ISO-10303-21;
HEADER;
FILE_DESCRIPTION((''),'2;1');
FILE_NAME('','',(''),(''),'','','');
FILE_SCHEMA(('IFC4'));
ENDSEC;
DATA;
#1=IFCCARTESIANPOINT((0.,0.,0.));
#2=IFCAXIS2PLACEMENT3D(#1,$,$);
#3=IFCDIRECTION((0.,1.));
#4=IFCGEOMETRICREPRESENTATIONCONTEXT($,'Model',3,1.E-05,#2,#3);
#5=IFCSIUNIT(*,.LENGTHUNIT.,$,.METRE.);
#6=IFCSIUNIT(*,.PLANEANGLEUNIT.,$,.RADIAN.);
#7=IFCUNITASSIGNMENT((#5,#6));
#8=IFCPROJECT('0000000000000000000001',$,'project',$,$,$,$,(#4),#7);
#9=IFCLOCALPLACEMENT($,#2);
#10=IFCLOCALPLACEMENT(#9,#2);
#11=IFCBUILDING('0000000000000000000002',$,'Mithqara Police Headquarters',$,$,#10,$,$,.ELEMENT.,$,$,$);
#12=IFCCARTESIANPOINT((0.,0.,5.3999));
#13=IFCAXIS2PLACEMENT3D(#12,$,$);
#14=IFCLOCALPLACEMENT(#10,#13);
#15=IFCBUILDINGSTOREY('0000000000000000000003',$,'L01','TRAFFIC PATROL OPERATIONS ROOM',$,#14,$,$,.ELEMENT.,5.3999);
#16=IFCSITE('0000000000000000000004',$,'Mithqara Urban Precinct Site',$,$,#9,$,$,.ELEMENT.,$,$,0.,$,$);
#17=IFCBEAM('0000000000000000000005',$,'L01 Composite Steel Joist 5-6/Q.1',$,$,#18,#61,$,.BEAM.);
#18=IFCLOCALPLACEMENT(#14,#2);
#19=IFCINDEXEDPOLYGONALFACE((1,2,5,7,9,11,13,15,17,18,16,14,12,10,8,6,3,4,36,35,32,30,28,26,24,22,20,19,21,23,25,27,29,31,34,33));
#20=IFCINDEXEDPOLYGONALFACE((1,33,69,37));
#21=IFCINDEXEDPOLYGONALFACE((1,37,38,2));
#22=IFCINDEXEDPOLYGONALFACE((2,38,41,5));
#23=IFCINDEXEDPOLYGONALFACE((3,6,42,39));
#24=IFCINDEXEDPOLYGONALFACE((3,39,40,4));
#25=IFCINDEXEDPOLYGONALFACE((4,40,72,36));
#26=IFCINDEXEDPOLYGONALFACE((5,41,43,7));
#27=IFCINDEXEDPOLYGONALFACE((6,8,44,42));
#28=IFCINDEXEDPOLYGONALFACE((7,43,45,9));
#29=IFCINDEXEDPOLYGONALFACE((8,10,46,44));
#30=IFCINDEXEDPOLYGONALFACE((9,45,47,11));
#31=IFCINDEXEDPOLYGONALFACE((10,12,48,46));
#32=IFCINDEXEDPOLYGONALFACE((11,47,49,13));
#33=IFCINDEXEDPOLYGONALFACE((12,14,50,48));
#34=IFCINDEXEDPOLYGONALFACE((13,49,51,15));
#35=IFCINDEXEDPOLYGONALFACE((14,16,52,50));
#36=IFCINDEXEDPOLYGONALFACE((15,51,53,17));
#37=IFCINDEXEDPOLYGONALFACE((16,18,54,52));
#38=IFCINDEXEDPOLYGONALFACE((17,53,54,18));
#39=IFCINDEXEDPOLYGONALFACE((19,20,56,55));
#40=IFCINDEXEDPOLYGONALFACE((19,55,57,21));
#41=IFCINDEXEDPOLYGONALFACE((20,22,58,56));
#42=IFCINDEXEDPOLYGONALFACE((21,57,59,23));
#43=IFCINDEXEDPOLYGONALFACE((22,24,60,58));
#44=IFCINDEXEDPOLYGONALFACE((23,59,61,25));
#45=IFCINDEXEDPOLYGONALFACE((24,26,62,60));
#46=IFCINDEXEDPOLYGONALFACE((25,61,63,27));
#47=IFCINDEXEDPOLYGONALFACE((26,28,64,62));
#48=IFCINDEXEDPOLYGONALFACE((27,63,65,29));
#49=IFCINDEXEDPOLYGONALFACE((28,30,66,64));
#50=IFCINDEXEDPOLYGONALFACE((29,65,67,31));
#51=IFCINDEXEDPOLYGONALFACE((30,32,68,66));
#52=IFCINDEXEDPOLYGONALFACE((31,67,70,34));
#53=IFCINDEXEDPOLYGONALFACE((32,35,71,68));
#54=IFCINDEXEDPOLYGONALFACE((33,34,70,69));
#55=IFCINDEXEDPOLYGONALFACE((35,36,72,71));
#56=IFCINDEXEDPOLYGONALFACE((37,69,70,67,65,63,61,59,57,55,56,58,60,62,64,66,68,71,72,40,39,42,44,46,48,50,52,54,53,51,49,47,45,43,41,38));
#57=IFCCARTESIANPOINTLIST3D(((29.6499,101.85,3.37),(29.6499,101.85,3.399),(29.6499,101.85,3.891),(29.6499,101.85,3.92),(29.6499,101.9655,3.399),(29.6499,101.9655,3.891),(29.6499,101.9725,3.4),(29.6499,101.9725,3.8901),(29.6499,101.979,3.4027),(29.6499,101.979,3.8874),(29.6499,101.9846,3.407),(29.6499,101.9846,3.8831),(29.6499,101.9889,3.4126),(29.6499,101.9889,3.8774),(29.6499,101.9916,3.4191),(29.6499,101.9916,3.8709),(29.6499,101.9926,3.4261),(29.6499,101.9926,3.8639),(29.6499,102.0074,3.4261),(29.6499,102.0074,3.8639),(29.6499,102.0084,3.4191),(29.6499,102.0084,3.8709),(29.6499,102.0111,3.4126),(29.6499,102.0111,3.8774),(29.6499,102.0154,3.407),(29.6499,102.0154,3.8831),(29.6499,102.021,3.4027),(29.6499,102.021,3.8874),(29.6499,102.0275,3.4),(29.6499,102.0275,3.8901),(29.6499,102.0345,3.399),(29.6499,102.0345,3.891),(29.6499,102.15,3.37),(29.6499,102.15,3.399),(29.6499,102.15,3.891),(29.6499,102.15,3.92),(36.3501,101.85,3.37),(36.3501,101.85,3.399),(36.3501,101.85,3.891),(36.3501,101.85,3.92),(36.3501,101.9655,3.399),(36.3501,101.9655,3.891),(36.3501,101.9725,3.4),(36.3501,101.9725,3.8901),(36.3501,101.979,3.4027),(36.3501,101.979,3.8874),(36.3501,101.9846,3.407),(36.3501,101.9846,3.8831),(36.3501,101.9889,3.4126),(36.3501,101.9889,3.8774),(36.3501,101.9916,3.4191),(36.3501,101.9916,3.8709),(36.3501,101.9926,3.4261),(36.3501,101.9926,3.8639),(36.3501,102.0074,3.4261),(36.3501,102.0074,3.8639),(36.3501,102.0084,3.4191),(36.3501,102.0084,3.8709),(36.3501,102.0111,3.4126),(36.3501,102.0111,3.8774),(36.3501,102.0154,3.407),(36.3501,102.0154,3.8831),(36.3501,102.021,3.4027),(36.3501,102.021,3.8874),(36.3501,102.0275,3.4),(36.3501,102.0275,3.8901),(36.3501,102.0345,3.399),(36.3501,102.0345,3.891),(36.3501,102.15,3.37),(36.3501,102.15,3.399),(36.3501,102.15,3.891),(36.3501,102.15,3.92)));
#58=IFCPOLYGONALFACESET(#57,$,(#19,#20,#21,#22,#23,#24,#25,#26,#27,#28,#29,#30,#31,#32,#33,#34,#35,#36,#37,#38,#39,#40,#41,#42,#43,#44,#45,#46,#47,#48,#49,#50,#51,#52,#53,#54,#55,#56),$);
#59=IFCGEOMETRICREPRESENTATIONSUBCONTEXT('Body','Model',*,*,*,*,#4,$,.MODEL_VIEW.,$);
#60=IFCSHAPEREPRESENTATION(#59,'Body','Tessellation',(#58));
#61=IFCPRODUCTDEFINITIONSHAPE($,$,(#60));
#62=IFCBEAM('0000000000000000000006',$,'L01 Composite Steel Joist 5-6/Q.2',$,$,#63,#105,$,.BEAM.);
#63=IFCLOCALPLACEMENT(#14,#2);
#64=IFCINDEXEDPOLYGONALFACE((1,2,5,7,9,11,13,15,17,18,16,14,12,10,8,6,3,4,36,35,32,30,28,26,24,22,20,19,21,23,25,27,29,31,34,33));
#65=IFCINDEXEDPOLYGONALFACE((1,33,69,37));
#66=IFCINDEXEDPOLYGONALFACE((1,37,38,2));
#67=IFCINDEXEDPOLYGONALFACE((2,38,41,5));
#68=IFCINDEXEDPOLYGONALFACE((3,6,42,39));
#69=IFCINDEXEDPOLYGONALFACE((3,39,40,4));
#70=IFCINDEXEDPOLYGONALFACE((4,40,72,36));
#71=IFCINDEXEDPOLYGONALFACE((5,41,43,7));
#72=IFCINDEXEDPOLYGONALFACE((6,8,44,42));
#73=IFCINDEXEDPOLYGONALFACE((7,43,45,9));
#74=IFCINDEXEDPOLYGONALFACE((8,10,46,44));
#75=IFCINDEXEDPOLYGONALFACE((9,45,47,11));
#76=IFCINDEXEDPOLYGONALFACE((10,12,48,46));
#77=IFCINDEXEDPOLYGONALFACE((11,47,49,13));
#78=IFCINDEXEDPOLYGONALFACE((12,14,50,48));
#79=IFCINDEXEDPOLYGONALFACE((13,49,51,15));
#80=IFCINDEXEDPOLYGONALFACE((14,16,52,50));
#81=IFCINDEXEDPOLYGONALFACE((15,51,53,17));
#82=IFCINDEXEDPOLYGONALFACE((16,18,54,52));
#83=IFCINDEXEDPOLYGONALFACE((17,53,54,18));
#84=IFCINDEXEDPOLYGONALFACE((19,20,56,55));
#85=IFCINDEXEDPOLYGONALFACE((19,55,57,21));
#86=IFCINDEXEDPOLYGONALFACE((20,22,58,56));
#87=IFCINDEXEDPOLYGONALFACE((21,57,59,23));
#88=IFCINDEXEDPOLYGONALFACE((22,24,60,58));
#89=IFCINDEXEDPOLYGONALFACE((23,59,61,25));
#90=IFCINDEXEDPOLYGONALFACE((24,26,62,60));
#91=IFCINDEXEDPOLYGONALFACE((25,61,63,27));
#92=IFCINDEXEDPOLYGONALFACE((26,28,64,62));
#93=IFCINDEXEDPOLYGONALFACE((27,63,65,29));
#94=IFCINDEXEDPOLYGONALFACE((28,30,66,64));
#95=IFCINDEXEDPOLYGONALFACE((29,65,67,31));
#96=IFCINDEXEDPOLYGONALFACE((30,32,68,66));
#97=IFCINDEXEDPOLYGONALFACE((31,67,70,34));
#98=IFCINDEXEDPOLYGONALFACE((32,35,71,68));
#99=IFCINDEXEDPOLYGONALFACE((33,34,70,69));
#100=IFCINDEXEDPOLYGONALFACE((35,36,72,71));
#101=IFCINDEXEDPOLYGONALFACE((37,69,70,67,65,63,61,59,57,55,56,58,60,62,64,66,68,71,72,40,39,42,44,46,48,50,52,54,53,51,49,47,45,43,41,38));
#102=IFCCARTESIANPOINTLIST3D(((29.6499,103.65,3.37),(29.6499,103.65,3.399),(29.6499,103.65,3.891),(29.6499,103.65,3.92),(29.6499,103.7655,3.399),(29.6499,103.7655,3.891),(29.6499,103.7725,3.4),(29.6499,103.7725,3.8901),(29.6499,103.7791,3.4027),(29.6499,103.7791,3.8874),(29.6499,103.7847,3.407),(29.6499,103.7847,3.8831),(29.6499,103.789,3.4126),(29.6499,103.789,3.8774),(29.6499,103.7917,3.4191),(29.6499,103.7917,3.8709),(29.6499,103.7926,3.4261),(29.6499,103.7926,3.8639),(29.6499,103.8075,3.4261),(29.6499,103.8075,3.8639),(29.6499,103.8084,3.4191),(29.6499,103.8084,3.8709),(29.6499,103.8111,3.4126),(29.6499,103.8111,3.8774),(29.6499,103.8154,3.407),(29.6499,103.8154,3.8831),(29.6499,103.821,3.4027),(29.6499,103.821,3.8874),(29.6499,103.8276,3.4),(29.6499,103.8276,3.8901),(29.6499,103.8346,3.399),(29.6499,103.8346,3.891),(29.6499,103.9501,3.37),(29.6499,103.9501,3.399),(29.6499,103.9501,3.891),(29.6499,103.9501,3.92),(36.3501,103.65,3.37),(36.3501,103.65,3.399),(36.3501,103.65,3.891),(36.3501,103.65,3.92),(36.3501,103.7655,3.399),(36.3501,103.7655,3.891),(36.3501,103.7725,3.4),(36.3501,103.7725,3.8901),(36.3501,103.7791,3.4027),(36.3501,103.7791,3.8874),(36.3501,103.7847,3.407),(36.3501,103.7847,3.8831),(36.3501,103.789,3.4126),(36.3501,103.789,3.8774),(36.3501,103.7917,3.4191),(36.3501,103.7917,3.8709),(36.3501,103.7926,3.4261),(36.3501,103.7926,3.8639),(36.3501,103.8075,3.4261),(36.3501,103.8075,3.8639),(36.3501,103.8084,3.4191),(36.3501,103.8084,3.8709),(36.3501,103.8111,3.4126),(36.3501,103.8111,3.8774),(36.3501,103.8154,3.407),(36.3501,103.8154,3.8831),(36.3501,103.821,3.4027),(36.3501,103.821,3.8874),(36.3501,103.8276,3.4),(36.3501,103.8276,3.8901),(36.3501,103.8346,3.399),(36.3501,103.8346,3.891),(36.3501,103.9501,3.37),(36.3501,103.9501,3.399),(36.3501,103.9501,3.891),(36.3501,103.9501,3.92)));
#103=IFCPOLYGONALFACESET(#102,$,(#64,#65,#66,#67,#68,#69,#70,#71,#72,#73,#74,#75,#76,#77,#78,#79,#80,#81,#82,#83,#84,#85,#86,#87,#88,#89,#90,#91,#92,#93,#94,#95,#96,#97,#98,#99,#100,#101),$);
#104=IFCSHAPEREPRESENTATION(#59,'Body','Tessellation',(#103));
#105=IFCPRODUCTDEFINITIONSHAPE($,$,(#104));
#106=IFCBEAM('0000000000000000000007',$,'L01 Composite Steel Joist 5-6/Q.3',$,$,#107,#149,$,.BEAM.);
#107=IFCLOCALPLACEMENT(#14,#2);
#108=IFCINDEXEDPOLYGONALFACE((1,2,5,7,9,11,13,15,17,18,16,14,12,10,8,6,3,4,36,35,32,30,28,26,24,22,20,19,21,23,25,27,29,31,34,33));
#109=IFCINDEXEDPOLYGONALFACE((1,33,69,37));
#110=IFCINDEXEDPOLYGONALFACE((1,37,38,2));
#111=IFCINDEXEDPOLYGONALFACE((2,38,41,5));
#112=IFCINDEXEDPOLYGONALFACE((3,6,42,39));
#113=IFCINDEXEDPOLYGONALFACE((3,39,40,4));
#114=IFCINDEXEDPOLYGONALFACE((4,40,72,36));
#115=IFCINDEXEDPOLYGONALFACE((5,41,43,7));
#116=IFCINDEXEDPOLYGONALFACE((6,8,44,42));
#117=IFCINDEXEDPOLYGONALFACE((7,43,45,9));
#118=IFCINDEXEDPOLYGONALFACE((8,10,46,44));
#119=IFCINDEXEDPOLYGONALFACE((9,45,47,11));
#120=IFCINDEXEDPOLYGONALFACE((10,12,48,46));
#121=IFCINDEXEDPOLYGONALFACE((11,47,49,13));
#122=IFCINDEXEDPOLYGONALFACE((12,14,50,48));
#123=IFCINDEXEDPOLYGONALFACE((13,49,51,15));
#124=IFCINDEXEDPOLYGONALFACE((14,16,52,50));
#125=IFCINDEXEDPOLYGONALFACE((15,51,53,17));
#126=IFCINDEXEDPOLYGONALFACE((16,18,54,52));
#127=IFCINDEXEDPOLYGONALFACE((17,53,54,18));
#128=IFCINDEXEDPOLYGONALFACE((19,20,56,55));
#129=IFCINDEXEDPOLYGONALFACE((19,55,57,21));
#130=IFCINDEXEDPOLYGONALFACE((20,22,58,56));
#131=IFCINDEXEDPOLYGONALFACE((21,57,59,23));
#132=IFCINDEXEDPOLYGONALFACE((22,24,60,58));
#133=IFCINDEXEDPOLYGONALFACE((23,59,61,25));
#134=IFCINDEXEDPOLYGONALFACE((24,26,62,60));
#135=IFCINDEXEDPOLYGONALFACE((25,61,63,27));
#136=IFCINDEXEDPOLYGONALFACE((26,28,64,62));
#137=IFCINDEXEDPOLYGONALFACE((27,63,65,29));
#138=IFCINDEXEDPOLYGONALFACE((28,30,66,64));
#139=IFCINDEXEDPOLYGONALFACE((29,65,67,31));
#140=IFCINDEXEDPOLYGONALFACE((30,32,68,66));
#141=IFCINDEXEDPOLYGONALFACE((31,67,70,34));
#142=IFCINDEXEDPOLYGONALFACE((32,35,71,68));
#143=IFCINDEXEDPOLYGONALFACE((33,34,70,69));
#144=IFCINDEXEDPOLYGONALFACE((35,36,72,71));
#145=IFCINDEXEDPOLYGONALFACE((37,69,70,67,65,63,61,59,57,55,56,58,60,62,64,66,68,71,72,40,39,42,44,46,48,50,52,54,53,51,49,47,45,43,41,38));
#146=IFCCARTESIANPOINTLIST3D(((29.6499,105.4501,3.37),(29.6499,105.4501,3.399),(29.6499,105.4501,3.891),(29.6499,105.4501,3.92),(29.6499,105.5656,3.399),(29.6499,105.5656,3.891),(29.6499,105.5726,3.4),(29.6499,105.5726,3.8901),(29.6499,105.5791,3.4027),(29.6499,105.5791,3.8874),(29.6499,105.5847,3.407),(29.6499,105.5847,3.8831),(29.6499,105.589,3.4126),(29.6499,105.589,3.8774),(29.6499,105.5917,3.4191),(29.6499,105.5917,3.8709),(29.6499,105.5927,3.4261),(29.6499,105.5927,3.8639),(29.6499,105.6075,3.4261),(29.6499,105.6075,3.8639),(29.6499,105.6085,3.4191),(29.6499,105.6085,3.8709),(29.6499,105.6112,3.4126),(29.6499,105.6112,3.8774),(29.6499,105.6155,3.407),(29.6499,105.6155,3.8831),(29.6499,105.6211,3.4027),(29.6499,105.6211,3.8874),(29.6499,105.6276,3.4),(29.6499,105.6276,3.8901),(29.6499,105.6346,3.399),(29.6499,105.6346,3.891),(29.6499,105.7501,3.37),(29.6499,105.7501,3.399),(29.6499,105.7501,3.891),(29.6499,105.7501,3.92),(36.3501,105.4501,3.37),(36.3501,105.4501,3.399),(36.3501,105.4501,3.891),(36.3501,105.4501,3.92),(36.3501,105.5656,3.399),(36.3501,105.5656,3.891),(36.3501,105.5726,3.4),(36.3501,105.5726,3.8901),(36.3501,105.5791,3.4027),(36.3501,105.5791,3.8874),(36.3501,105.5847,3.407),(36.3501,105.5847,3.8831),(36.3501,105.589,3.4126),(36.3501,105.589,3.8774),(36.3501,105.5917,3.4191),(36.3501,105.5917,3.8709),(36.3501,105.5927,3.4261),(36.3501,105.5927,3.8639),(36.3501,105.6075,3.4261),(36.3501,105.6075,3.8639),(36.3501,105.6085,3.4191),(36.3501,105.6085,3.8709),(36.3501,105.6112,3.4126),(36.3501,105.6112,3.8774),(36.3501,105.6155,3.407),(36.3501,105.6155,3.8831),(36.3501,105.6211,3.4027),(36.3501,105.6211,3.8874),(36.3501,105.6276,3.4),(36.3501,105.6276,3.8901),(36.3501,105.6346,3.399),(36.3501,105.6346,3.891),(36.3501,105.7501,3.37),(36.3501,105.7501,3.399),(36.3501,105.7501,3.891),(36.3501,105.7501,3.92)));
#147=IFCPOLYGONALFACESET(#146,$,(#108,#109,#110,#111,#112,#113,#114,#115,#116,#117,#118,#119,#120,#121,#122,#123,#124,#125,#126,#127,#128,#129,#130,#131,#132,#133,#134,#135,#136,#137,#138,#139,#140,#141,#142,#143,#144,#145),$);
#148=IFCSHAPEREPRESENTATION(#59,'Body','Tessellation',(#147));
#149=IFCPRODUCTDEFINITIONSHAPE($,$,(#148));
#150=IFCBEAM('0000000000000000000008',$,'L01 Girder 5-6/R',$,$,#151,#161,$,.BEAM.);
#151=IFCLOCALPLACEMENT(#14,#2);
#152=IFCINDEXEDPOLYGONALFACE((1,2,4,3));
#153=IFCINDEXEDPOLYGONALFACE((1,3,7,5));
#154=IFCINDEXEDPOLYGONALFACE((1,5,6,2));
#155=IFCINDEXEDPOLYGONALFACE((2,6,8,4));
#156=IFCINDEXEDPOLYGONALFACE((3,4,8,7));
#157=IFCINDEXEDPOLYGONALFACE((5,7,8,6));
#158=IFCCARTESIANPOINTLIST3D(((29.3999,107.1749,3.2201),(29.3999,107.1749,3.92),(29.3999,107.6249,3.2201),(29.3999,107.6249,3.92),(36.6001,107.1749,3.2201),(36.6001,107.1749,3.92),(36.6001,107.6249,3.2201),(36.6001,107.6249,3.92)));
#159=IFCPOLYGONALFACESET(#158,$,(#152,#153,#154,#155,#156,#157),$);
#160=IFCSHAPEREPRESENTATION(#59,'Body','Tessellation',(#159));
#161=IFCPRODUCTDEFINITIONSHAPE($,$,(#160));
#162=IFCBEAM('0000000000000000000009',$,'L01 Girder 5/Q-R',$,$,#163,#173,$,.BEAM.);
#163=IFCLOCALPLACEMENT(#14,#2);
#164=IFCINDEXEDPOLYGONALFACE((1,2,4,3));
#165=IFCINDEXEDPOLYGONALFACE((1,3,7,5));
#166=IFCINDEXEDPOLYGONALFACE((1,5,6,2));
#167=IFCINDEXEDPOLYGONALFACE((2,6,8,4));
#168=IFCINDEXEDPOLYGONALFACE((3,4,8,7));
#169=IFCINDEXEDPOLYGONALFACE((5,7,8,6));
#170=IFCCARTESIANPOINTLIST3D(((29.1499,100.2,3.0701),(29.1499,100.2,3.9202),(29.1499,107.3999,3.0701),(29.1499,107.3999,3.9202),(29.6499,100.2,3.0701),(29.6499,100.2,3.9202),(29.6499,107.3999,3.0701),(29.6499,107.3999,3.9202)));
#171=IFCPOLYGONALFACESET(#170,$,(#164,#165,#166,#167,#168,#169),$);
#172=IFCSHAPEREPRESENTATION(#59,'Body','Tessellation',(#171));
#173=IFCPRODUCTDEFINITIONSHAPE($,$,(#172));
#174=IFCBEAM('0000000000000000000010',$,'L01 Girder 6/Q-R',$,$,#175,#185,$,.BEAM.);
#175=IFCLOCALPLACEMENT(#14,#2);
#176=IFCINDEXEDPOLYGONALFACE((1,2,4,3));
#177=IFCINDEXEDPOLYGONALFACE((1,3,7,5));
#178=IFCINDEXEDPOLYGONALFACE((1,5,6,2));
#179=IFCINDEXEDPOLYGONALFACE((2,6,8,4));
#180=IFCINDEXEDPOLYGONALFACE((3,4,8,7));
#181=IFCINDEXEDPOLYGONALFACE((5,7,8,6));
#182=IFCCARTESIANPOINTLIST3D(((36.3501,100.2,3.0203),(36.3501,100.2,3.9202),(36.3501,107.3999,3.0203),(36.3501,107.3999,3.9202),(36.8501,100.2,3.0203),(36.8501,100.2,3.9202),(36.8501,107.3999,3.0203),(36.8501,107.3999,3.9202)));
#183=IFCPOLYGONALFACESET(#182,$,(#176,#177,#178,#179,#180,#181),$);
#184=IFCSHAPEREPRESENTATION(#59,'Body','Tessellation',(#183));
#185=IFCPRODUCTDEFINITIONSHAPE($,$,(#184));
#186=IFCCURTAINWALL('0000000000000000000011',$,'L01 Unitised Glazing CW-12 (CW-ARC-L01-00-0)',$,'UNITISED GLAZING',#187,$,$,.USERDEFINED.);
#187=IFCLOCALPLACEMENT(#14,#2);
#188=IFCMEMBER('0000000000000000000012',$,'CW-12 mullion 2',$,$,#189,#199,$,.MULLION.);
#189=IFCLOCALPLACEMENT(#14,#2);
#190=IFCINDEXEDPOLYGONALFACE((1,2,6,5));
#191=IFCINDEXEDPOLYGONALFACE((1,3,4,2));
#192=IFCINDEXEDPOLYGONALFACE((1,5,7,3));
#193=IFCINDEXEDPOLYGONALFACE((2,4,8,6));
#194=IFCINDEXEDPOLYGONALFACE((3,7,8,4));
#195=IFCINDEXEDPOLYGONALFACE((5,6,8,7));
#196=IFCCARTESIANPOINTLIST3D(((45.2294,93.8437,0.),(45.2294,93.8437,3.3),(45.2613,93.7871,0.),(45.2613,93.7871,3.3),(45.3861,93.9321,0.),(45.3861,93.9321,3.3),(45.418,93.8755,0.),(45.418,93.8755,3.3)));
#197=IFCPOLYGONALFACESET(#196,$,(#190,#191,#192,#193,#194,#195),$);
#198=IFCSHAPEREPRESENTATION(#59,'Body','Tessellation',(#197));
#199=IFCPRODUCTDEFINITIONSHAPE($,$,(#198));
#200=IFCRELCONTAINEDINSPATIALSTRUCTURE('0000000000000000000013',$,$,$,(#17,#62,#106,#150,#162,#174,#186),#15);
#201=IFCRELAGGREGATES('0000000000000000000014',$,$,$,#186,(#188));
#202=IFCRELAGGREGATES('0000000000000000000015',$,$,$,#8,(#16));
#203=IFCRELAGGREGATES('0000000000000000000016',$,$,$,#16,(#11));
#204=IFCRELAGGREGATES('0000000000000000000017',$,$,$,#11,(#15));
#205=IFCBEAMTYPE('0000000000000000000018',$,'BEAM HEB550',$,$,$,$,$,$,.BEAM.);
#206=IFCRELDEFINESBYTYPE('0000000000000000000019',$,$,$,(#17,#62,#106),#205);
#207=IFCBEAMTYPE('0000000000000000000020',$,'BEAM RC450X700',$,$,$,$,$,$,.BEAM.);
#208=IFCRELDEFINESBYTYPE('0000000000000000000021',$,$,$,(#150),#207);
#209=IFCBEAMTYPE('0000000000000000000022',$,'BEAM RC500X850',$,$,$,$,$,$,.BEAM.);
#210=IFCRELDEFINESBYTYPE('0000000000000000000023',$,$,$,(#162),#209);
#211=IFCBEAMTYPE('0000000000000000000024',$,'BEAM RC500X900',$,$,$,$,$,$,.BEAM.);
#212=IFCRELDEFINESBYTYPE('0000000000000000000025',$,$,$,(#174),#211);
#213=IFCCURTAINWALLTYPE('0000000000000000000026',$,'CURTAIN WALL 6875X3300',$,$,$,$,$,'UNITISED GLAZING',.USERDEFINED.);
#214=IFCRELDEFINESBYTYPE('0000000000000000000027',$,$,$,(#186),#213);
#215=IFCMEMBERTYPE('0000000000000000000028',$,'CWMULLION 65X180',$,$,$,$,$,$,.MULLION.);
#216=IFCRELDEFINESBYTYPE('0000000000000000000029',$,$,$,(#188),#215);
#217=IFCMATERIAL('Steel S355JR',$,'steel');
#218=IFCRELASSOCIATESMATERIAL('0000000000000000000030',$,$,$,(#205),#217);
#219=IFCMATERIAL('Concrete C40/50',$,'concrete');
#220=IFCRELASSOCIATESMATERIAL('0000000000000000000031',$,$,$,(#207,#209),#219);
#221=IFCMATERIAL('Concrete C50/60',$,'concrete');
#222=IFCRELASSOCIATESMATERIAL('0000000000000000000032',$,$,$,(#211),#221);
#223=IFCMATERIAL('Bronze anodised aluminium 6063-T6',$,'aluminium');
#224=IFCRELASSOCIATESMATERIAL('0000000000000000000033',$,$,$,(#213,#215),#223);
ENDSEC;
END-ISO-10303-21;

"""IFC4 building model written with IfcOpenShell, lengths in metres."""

from ifc_helpers import new_model, si_unit, direction, frame, origin, origin_2d, place, context, subcontext, project, spatial, rectangle, i_section, extrude, material, material_profile, profile_set, type_object, element, aggregate, save


model = new_model("IFC4")

# Units and contexts
model_context = context("Model", 3, precision=1e-05, world=origin(), true_north=direction((0.0, 1.0)))
body_context = subcontext(model_context, "Body", "Model", "MODEL_VIEW")
ifc_project = project(units=[si_unit("LENGTHUNIT", "METRE"), si_unit("PLANEANGLEUNIT", "RADIAN")], contexts=[model_context])

# Site, building, storey
site_placement = place(None, origin())
site = spatial("IfcSite", under=ifc_project, at=site_placement, Name="Mithqara Urban Precinct Site", CompositionType="ELEMENT", RefElevation=0.0)
building_placement = place(site_placement, origin())
building = spatial("IfcBuilding", under=site, at=building_placement, Name="Mithqara Police Headquarters", CompositionType="ELEMENT")
storey_placement = place(building_placement, frame((0.0, 0.0, 5.3999)))
storey = spatial("IfcBuildingStorey", under=building, at=storey_placement, Name="L01", Description="TRAFFIC PATROL OPERATIONS ROOM", CompositionType="ELEMENT", Elevation=5.3999)

# Shared definitions
ifc_material_1 = material(Name="Concrete C50/60", Category="concrete")

# Beams
ifc_material_2 = material(Name="Steel S355JR", Category="steel")
ifc_material_profile_1 = material_profile(ifc_material_2, i_section(OverallWidth=0.3, OverallDepth=0.55, WebThickness=0.0149, FlangeThickness=0.0291, FilletRadius=0.0271, at=origin_2d()), Name="HEB 550")
ifc_profile_set_1 = profile_set([ifc_material_profile_1], Name="Steel S355JR")
beam_type_1 = type_object("IfcBeamType", Name="BEAM HEB550", PredefinedType="BEAM", material=ifc_profile_set_1)
for number, where, z_axis, x_axis, name in (
    (1, (29.6499, 102.0, 3.645), (1.0, 0.0, 0.0), (0.0, 1.0, 0.0), "L01 Composite Steel Joist 5-6/Q.1"),
    (2, (29.6499, 103.8, 3.645), (1.0, 0.0, 0.0), (0.0, 1.0, 0.0), "L01 Composite Steel Joist 5-6/Q.2"),
    (3, (29.6499, 105.6001, 3.645), (1.0, 0.0, 0.0), (0.0, 1.0, 0.0), "L01 Composite Steel Joist 5-6/Q.3"),
):
    element("IfcBeam", number, at=place(storey_placement, frame(where, z_axis=z_axis, x_axis=x_axis)), inside=storey, type_object=beam_type_1, Name=name, PredefinedType="BEAM", context=body_context, shape_type="SweptSolid", body=[
        extrude(i_section(OverallWidth=0.3, OverallDepth=0.55, WebThickness=0.0149, FlangeThickness=0.0291, FilletRadius=0.0271, at=origin_2d()), origin(), (0.0, 0.0, 1.0), 6.7002),
    ])
ifc_material_3 = material(Name="Concrete C40/50", Category="concrete")
ifc_material_profile_2 = material_profile(ifc_material_3, rectangle(XDim=0.45, YDim=0.7, at=origin_2d()), Name="RC 450x700")
ifc_profile_set_2 = profile_set([ifc_material_profile_2], Name="Concrete C40/50")
beam_type_2 = type_object("IfcBeamType", Name="BEAM RC450X700", PredefinedType="BEAM", material=ifc_profile_set_2)
beam_1_placement = place(storey_placement, frame((29.3999, 107.3999, 3.5701), z_axis=(1.0, 0.0, 0.0), x_axis=(0.0, 1.0, 0.0)))
element("IfcBeam", 4, at=beam_1_placement, inside=storey, type_object=beam_type_2, Name="L01 Girder 5-6/R", PredefinedType="BEAM", context=body_context, shape_type="SweptSolid", body=[
    extrude(rectangle(XDim=0.45, YDim=0.7, at=origin_2d()), origin(), (0.0, 0.0, 1.0), 7.2002),
])
ifc_material_profile_3 = material_profile(ifc_material_3, rectangle(XDim=0.5, YDim=0.8501, at=origin_2d()), Name="RC 500x850")
ifc_profile_set_3 = profile_set([ifc_material_profile_3], Name="Concrete C40/50")
beam_type_3 = type_object("IfcBeamType", Name="BEAM RC500X850", PredefinedType="BEAM", material=ifc_profile_set_3)
beam_2_placement = place(storey_placement, frame((29.3999, 100.2, 3.4951), z_axis=(0.0, 1.0, 0.0), x_axis=(-1.0, 0.0, 0.0)))
element("IfcBeam", 5, at=beam_2_placement, inside=storey, type_object=beam_type_3, Name="L01 Girder 5/Q-R", PredefinedType="BEAM", context=body_context, shape_type="SweptSolid", body=[
    extrude(rectangle(XDim=0.5, YDim=0.8501, at=origin_2d()), origin(), (0.0, 0.0, 1.0), 7.2),
])
ifc_material_profile_4 = material_profile(ifc_material_1, rectangle(XDim=0.5, YDim=0.8999, at=origin_2d()), Name="RC 500x900")
ifc_profile_set_4 = profile_set([ifc_material_profile_4], Name="Concrete C50/60")
beam_type_4 = type_object("IfcBeamType", Name="BEAM RC500X900", PredefinedType="BEAM", material=ifc_profile_set_4)
beam_3_placement = place(storey_placement, frame((36.6001, 100.2, 3.4702), z_axis=(0.0, 1.0, 0.0), x_axis=(-1.0, 0.0, 0.0)))
element("IfcBeam", 6, at=beam_3_placement, inside=storey, type_object=beam_type_4, Name="L01 Girder 6/Q-R", PredefinedType="BEAM", context=body_context, shape_type="SweptSolid", body=[
    extrude(rectangle(XDim=0.5, YDim=0.8999, at=origin_2d()), origin(), (0.0, 0.0, 1.0), 7.2),
])

# Curtain wall, member
ifc_material_4 = material(Name="Bronze anodised aluminium 6063-T6", Category="aluminium")
curtain_wall_type = type_object("IfcCurtainWallType", Name="CURTAIN WALL 6875X3300", ElementType="UNITISED GLAZING", PredefinedType="USERDEFINED", material=ifc_material_4)
curtain_wall_placement = place(storey_placement, origin())
curtain_wall = element("IfcCurtainWall", 7, at=curtain_wall_placement, inside=storey, type_object=curtain_wall_type, Name="L01 Unitised Glazing CW-12 (CW-ARC-L01-00-0)", ObjectType="UNITISED GLAZING", PredefinedType="USERDEFINED")
ifc_material_profile_5 = material_profile(ifc_material_4, rectangle(XDim=0.0649, YDim=0.1799, at=origin_2d()), Name="CWM 65x180")
ifc_profile_set_5 = profile_set([ifc_material_profile_5], Name="Bronze anodised aluminium 6063-T6")
member_type = type_object("IfcMemberType", Name="CWMULLION 65X180", PredefinedType="MULLION", material=ifc_profile_set_5)
member_placement = place(storey_placement, frame((45.3237, 93.8596, 0.0), z_axis=(0.0, 0.0, 1.0), x_axis=(-0.491308, 0.870986, 0.0)))
member = element("IfcMember", 8, at=member_placement, type_object=member_type, Name="CW-12 mullion 2", PredefinedType="MULLION", context=body_context, shape_type="SweptSolid", body=[
    extrude(rectangle(XDim=0.0649, YDim=0.1799, at=origin_2d()), origin(), (0.0, 0.0, 1.0), 3.3),
])
aggregate(curtain_wall, [member])

save(model, "model.ifc")
